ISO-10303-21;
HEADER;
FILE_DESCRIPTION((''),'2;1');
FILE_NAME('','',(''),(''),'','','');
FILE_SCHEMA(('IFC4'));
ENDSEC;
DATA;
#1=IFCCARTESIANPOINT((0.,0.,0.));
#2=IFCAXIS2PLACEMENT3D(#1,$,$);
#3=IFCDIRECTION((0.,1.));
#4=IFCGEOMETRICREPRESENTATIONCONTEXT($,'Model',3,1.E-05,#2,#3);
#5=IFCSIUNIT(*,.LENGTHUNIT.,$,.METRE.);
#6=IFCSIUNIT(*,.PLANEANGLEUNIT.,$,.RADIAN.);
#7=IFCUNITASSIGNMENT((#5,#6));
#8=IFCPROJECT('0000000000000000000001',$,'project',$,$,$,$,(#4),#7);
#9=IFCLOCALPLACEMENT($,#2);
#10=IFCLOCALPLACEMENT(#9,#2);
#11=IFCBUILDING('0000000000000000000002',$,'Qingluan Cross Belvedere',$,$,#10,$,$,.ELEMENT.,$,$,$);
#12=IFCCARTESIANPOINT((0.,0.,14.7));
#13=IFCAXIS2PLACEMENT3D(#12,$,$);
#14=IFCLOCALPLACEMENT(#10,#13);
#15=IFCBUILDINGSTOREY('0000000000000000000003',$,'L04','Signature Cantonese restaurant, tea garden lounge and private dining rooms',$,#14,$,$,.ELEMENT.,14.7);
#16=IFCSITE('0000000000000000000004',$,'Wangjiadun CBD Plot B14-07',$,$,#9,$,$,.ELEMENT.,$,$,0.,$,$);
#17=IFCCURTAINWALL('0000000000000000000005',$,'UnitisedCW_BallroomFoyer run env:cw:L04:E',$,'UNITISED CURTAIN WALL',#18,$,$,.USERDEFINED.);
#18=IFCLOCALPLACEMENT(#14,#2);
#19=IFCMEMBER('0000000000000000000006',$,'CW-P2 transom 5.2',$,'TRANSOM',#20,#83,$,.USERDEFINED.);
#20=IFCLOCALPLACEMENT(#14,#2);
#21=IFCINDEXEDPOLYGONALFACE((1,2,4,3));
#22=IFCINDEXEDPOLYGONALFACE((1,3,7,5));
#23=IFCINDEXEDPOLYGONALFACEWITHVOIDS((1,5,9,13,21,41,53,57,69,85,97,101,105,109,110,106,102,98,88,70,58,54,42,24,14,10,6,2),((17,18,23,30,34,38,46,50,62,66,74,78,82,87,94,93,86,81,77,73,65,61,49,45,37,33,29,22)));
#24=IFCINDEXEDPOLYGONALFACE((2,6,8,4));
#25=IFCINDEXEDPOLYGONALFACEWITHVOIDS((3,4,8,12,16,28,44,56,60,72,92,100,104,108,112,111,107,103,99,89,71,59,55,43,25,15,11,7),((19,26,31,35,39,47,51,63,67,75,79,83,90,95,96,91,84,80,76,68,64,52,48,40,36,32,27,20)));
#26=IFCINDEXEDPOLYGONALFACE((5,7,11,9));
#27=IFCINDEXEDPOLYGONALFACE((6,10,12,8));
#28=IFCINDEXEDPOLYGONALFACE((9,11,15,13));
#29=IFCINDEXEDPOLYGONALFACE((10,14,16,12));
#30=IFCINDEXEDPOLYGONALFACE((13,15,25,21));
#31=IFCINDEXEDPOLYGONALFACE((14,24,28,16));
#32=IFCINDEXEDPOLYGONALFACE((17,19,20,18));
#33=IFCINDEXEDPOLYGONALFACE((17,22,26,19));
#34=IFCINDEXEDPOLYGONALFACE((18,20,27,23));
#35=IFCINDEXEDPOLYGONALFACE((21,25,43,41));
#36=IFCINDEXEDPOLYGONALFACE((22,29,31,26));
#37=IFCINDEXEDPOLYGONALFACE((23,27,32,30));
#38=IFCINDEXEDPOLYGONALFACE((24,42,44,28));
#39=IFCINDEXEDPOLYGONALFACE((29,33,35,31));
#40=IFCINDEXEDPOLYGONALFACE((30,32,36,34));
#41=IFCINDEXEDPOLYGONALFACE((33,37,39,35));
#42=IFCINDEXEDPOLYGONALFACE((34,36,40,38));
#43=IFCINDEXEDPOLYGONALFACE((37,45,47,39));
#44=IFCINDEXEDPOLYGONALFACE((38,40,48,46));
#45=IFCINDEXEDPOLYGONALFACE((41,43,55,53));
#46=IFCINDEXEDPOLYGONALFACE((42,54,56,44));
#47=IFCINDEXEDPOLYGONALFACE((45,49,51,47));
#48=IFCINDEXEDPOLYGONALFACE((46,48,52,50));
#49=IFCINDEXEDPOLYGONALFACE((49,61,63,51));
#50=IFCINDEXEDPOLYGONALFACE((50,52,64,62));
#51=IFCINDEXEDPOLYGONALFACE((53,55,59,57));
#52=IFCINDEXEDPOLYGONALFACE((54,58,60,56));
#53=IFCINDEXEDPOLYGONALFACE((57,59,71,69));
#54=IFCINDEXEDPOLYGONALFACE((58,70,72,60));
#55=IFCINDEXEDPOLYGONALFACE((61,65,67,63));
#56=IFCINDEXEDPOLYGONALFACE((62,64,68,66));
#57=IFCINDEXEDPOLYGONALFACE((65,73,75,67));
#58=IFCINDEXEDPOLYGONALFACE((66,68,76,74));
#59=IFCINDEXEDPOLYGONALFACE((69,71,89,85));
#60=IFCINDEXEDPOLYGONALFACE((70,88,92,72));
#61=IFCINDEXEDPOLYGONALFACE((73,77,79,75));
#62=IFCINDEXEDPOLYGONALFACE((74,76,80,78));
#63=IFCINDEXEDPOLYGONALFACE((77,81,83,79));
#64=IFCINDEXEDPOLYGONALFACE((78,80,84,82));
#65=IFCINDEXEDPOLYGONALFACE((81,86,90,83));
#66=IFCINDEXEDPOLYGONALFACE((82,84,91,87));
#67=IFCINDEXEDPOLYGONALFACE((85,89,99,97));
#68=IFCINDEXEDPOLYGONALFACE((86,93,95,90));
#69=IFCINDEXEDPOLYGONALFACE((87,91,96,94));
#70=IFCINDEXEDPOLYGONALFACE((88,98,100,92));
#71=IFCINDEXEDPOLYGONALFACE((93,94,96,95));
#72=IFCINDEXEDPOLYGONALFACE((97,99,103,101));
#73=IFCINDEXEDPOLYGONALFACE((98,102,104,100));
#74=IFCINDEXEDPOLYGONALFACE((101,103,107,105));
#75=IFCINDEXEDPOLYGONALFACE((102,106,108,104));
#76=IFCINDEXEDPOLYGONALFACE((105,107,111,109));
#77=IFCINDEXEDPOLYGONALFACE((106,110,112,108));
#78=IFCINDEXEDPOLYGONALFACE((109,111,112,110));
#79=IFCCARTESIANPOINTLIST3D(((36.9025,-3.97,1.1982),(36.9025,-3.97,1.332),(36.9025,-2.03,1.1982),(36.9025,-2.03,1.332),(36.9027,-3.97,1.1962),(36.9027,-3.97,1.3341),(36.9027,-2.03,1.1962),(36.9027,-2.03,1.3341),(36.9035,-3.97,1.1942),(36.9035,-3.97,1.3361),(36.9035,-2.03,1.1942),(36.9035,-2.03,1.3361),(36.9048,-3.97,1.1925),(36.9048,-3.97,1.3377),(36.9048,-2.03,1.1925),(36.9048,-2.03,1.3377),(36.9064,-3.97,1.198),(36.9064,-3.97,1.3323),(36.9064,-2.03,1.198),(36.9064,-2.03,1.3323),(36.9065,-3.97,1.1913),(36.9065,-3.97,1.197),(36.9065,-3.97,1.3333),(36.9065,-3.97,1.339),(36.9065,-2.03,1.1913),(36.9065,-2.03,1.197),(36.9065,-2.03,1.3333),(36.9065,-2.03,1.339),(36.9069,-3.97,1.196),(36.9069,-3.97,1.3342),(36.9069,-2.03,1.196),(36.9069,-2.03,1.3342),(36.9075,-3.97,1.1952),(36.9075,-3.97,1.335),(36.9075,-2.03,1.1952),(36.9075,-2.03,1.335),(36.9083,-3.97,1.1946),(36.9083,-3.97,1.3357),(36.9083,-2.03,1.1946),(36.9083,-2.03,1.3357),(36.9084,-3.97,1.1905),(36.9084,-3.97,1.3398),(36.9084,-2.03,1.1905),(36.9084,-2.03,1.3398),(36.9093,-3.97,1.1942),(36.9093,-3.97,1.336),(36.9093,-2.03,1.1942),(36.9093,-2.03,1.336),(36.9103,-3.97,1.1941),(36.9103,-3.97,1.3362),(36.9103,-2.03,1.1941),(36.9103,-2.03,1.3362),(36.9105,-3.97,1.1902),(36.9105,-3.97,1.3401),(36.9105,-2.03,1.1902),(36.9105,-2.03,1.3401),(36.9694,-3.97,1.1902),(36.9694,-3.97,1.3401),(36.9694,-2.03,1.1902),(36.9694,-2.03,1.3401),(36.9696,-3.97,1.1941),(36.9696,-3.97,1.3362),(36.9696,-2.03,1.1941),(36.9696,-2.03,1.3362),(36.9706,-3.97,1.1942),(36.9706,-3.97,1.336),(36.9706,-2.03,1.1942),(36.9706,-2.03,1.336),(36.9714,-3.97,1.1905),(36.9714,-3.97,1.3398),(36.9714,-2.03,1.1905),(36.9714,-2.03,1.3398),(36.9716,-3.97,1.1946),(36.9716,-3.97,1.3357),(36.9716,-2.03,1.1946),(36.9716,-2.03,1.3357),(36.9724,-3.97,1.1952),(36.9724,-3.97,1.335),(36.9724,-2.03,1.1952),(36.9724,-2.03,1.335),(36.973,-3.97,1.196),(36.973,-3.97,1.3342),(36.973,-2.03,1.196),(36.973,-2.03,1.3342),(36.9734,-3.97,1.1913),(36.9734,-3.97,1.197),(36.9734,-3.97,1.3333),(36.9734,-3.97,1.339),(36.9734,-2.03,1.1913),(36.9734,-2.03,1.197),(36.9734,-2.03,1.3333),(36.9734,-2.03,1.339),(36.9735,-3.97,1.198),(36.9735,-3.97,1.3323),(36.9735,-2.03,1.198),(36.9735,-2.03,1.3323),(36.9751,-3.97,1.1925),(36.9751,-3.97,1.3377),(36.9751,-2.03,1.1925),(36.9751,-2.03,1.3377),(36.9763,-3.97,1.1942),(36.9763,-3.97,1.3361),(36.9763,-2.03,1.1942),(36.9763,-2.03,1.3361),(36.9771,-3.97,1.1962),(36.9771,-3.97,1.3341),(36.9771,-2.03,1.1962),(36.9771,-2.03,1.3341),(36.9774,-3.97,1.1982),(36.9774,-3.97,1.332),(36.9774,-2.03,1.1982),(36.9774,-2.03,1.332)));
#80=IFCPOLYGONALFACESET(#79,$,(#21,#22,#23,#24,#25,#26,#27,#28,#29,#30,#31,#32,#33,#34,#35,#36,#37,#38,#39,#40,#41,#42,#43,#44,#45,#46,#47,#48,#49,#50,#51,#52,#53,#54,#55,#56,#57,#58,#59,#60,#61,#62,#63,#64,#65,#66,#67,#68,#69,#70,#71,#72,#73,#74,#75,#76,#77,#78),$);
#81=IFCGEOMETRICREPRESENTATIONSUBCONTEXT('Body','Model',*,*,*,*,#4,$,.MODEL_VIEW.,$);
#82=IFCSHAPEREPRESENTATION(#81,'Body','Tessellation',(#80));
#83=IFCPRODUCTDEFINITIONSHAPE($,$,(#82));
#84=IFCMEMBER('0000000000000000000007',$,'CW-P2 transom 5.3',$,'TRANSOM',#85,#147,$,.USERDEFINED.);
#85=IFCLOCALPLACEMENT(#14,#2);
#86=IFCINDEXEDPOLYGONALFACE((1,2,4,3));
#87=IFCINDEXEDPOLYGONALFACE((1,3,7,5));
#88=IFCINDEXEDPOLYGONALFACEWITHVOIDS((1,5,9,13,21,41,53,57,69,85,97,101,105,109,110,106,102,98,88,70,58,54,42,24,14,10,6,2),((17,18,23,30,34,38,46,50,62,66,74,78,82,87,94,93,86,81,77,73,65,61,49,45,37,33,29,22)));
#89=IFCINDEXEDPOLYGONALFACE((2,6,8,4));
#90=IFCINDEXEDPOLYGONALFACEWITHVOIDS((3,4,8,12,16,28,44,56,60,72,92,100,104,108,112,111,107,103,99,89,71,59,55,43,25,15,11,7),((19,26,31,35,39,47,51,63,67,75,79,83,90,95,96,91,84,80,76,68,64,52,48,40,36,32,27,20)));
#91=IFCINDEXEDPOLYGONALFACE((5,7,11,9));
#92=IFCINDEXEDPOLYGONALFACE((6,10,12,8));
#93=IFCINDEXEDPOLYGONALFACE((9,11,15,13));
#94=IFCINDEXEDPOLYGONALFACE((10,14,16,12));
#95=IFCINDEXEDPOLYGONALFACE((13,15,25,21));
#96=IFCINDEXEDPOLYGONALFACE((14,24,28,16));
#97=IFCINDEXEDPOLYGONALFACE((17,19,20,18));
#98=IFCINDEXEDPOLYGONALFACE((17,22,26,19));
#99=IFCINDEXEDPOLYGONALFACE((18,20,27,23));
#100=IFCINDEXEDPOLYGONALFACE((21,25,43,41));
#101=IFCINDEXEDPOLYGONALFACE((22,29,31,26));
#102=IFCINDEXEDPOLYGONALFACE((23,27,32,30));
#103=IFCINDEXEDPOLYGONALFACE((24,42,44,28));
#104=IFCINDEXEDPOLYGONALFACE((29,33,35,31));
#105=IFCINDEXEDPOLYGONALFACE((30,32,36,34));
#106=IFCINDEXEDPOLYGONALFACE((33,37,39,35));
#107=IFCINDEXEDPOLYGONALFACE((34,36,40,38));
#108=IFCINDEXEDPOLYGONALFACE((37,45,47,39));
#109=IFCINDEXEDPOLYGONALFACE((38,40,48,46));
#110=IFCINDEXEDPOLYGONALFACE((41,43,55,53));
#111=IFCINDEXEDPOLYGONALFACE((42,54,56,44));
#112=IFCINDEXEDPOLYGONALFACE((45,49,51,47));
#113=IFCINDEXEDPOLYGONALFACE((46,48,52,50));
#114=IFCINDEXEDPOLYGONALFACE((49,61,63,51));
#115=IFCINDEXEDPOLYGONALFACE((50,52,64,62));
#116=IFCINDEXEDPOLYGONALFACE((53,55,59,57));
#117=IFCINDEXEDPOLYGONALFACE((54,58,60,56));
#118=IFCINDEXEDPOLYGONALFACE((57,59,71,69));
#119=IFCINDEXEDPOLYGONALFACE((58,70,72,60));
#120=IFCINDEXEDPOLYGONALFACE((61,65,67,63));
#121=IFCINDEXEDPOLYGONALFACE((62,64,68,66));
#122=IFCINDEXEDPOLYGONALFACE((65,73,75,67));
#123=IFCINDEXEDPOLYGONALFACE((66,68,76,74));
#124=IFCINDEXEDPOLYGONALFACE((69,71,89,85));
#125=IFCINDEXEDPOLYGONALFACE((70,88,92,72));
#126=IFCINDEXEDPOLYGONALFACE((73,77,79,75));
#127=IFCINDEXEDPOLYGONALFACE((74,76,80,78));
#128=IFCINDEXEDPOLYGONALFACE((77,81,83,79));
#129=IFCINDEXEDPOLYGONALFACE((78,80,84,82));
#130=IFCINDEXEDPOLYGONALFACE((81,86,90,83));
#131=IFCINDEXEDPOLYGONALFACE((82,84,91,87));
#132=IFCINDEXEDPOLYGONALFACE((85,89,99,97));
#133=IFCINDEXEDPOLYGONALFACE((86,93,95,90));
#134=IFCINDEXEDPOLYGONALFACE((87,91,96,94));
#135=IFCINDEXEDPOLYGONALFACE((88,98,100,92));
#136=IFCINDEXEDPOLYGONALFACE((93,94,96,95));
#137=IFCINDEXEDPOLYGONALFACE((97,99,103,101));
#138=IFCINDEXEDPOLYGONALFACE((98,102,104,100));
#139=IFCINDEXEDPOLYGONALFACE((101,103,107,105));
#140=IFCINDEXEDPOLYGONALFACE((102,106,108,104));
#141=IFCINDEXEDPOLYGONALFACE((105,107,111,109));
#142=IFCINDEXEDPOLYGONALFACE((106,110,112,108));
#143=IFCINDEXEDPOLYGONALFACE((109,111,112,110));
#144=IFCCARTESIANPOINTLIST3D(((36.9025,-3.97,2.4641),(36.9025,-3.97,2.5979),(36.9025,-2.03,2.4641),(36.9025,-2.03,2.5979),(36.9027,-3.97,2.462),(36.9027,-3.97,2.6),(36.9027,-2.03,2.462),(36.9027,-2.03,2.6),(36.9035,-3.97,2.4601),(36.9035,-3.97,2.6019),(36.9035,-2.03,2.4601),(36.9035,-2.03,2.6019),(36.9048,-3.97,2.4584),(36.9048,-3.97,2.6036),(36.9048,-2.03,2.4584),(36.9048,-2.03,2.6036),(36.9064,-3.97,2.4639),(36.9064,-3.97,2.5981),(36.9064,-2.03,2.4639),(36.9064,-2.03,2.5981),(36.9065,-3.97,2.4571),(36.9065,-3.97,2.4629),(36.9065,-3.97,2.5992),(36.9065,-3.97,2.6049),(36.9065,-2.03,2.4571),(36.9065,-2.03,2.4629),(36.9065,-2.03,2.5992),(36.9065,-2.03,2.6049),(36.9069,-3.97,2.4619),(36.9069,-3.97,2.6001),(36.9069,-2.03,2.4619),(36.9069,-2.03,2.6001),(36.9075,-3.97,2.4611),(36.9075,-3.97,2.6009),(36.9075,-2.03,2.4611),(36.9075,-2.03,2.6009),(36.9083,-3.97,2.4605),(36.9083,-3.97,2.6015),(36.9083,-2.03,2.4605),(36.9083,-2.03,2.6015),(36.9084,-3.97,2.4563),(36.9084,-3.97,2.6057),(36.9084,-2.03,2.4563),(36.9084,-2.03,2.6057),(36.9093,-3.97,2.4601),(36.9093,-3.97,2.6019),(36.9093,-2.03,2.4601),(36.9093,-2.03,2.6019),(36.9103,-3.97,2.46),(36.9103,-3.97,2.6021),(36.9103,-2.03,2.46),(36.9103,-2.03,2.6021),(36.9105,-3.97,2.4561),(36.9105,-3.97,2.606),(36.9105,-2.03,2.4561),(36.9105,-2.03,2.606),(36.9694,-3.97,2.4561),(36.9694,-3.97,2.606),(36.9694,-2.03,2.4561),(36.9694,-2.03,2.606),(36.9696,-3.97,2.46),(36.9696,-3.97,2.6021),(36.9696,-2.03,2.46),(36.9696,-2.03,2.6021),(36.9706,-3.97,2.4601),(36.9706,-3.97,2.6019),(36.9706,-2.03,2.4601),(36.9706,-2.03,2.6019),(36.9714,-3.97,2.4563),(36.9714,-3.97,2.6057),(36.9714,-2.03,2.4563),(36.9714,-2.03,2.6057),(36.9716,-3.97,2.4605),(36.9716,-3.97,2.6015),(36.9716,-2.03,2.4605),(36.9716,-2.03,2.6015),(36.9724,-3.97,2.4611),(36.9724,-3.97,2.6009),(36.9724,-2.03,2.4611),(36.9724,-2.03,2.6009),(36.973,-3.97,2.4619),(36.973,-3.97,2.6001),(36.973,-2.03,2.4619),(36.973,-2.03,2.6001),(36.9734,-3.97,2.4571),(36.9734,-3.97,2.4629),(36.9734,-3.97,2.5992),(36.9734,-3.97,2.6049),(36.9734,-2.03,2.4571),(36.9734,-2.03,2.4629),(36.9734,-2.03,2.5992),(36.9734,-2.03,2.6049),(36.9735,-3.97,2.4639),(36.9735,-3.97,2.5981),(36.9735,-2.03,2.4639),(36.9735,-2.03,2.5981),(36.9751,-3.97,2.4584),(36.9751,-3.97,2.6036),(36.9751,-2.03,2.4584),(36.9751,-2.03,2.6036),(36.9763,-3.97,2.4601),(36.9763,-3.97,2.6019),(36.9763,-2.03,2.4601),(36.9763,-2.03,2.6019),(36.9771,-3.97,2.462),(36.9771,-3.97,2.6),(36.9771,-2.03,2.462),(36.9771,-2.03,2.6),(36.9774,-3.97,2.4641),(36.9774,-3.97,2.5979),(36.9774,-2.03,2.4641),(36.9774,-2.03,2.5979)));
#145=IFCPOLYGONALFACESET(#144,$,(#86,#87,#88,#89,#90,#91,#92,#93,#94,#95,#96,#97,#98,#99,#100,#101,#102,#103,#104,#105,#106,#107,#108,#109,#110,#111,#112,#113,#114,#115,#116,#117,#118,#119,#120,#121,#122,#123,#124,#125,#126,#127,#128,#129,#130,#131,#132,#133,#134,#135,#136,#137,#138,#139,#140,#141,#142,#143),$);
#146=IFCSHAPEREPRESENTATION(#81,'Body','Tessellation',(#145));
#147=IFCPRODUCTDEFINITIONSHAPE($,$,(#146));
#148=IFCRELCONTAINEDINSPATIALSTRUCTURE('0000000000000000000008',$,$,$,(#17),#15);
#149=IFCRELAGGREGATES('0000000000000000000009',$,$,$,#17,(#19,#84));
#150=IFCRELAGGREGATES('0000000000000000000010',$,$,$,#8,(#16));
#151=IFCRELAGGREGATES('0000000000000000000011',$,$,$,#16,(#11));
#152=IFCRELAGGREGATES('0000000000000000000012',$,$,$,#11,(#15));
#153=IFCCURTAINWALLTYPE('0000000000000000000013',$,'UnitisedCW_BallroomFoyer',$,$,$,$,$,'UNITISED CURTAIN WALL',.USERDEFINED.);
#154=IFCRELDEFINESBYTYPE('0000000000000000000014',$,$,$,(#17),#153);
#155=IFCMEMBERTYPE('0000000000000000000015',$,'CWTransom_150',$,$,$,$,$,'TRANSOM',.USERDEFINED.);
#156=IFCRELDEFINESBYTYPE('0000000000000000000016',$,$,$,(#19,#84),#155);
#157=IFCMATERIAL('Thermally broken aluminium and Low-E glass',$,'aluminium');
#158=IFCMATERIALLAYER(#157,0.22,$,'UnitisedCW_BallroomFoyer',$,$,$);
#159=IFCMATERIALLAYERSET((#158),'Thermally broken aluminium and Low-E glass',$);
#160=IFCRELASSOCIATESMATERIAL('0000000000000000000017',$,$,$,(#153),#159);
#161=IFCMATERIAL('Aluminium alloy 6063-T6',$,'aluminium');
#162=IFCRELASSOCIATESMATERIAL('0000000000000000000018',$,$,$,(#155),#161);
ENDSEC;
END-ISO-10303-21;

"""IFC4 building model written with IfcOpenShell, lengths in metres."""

from ifc_helpers import new_model, si_unit, direction, frame, origin, origin_2d, place, context, subcontext, project, spatial, hollow_rectangle, extrude, material, layer, layer_set, material_profile, profile_set, type_object, element, aggregate, save


model = new_model("IFC4")

# Units and contexts
model_context = context("Model", 3, precision=1e-05, world=origin(), true_north=direction((0.0, 1.0)))
body_context = subcontext(model_context, "Body", "Model", "MODEL_VIEW")
ifc_project = project(units=[si_unit("LENGTHUNIT", "METRE"), si_unit("PLANEANGLEUNIT", "RADIAN")], contexts=[model_context])

# Site, building, storey
site_placement = place(None, origin())
site = spatial("IfcSite", under=ifc_project, at=site_placement, Name="Wangjiadun CBD Plot B14-07", CompositionType="ELEMENT", RefElevation=0.0)
building_placement = place(site_placement, origin())
building = spatial("IfcBuilding", under=site, at=building_placement, Name="Qingluan Cross Belvedere", CompositionType="ELEMENT")
storey_placement = place(building_placement, frame((0.0, 0.0, 14.7)))
storey = spatial("IfcBuildingStorey", under=building, at=storey_placement, Name="L04", Description="Signature Cantonese restaurant, tea garden lounge and private dining rooms", CompositionType="ELEMENT", Elevation=14.7)

# Curtain wall, members
ifc_material_1 = material(Name="Thermally broken aluminium and Low-E glass", Category="aluminium")
ifc_layer_1 = layer(ifc_material_1, 0.22, Name="UnitisedCW_BallroomFoyer")
ifc_layer_set_1 = layer_set([ifc_layer_1], Name="Thermally broken aluminium and Low-E glass")
curtain_wall_type = type_object("IfcCurtainWallType", Name="UnitisedCW_BallroomFoyer", ElementType="UNITISED CURTAIN WALL", PredefinedType="USERDEFINED", material=ifc_layer_set_1)
curtain_wall_placement = place(storey_placement, origin())
curtain_wall = element("IfcCurtainWall", 1, at=curtain_wall_placement, inside=storey, type_object=curtain_wall_type, Name="UnitisedCW_BallroomFoyer run env:cw:L04:E", ObjectType="UNITISED CURTAIN WALL", PredefinedType="USERDEFINED")
ifc_material_2 = material(Name="Aluminium alloy 6063-T6", Category="aluminium")
ifc_material_profile_1 = material_profile(ifc_material_2, hollow_rectangle(XDim=0.075, YDim=0.1499, WallThickness=0.0039, InnerFilletRadius=0.0039, OuterFilletRadius=0.0081, at=origin_2d()), Name="CWT150x75x4")
ifc_profile_set_1 = profile_set([ifc_material_profile_1], Name="Aluminium alloy 6063-T6")
member_type_1 = type_object("IfcMemberType", Name="CWTransom_150", ElementType="TRANSOM", PredefinedType="USERDEFINED", material=ifc_profile_set_1)
member_1_placement = place(storey_placement, frame((36.9399, -2.03, 1.2651), z_axis=(0.0, -1.0, 0.0), x_axis=(1.0, 0.0, 0.0)))
member_1 = element("IfcMember", 2, at=member_1_placement, type_object=member_type_1, Name="CW-P2 transom 5.2", ObjectType="TRANSOM", PredefinedType="USERDEFINED", context=body_context, shape_type="SweptSolid", body=[
    extrude(hollow_rectangle(XDim=0.075, YDim=0.1499, WallThickness=0.0039, InnerFilletRadius=0.0039, OuterFilletRadius=0.0081, at=origin_2d()), origin(), (0.0, 0.0, 1.0), 1.9399),
])
member_2_placement = place(storey_placement, frame((36.9399, -2.03, 2.531), z_axis=(0.0, -1.0, 0.0), x_axis=(1.0, 0.0, 0.0)))
member_2 = element("IfcMember", 3, at=member_2_placement, type_object=member_type_1, Name="CW-P2 transom 5.3", ObjectType="TRANSOM", PredefinedType="USERDEFINED", context=body_context, shape_type="SweptSolid", body=[
    extrude(hollow_rectangle(XDim=0.075, YDim=0.1499, WallThickness=0.0039, InnerFilletRadius=0.0039, OuterFilletRadius=0.0081, at=origin_2d()), origin(), (0.0, 0.0, 1.0), 1.9399),
])
aggregate(curtain_wall, [member_1, member_2])

save(model, "model.ifc")
